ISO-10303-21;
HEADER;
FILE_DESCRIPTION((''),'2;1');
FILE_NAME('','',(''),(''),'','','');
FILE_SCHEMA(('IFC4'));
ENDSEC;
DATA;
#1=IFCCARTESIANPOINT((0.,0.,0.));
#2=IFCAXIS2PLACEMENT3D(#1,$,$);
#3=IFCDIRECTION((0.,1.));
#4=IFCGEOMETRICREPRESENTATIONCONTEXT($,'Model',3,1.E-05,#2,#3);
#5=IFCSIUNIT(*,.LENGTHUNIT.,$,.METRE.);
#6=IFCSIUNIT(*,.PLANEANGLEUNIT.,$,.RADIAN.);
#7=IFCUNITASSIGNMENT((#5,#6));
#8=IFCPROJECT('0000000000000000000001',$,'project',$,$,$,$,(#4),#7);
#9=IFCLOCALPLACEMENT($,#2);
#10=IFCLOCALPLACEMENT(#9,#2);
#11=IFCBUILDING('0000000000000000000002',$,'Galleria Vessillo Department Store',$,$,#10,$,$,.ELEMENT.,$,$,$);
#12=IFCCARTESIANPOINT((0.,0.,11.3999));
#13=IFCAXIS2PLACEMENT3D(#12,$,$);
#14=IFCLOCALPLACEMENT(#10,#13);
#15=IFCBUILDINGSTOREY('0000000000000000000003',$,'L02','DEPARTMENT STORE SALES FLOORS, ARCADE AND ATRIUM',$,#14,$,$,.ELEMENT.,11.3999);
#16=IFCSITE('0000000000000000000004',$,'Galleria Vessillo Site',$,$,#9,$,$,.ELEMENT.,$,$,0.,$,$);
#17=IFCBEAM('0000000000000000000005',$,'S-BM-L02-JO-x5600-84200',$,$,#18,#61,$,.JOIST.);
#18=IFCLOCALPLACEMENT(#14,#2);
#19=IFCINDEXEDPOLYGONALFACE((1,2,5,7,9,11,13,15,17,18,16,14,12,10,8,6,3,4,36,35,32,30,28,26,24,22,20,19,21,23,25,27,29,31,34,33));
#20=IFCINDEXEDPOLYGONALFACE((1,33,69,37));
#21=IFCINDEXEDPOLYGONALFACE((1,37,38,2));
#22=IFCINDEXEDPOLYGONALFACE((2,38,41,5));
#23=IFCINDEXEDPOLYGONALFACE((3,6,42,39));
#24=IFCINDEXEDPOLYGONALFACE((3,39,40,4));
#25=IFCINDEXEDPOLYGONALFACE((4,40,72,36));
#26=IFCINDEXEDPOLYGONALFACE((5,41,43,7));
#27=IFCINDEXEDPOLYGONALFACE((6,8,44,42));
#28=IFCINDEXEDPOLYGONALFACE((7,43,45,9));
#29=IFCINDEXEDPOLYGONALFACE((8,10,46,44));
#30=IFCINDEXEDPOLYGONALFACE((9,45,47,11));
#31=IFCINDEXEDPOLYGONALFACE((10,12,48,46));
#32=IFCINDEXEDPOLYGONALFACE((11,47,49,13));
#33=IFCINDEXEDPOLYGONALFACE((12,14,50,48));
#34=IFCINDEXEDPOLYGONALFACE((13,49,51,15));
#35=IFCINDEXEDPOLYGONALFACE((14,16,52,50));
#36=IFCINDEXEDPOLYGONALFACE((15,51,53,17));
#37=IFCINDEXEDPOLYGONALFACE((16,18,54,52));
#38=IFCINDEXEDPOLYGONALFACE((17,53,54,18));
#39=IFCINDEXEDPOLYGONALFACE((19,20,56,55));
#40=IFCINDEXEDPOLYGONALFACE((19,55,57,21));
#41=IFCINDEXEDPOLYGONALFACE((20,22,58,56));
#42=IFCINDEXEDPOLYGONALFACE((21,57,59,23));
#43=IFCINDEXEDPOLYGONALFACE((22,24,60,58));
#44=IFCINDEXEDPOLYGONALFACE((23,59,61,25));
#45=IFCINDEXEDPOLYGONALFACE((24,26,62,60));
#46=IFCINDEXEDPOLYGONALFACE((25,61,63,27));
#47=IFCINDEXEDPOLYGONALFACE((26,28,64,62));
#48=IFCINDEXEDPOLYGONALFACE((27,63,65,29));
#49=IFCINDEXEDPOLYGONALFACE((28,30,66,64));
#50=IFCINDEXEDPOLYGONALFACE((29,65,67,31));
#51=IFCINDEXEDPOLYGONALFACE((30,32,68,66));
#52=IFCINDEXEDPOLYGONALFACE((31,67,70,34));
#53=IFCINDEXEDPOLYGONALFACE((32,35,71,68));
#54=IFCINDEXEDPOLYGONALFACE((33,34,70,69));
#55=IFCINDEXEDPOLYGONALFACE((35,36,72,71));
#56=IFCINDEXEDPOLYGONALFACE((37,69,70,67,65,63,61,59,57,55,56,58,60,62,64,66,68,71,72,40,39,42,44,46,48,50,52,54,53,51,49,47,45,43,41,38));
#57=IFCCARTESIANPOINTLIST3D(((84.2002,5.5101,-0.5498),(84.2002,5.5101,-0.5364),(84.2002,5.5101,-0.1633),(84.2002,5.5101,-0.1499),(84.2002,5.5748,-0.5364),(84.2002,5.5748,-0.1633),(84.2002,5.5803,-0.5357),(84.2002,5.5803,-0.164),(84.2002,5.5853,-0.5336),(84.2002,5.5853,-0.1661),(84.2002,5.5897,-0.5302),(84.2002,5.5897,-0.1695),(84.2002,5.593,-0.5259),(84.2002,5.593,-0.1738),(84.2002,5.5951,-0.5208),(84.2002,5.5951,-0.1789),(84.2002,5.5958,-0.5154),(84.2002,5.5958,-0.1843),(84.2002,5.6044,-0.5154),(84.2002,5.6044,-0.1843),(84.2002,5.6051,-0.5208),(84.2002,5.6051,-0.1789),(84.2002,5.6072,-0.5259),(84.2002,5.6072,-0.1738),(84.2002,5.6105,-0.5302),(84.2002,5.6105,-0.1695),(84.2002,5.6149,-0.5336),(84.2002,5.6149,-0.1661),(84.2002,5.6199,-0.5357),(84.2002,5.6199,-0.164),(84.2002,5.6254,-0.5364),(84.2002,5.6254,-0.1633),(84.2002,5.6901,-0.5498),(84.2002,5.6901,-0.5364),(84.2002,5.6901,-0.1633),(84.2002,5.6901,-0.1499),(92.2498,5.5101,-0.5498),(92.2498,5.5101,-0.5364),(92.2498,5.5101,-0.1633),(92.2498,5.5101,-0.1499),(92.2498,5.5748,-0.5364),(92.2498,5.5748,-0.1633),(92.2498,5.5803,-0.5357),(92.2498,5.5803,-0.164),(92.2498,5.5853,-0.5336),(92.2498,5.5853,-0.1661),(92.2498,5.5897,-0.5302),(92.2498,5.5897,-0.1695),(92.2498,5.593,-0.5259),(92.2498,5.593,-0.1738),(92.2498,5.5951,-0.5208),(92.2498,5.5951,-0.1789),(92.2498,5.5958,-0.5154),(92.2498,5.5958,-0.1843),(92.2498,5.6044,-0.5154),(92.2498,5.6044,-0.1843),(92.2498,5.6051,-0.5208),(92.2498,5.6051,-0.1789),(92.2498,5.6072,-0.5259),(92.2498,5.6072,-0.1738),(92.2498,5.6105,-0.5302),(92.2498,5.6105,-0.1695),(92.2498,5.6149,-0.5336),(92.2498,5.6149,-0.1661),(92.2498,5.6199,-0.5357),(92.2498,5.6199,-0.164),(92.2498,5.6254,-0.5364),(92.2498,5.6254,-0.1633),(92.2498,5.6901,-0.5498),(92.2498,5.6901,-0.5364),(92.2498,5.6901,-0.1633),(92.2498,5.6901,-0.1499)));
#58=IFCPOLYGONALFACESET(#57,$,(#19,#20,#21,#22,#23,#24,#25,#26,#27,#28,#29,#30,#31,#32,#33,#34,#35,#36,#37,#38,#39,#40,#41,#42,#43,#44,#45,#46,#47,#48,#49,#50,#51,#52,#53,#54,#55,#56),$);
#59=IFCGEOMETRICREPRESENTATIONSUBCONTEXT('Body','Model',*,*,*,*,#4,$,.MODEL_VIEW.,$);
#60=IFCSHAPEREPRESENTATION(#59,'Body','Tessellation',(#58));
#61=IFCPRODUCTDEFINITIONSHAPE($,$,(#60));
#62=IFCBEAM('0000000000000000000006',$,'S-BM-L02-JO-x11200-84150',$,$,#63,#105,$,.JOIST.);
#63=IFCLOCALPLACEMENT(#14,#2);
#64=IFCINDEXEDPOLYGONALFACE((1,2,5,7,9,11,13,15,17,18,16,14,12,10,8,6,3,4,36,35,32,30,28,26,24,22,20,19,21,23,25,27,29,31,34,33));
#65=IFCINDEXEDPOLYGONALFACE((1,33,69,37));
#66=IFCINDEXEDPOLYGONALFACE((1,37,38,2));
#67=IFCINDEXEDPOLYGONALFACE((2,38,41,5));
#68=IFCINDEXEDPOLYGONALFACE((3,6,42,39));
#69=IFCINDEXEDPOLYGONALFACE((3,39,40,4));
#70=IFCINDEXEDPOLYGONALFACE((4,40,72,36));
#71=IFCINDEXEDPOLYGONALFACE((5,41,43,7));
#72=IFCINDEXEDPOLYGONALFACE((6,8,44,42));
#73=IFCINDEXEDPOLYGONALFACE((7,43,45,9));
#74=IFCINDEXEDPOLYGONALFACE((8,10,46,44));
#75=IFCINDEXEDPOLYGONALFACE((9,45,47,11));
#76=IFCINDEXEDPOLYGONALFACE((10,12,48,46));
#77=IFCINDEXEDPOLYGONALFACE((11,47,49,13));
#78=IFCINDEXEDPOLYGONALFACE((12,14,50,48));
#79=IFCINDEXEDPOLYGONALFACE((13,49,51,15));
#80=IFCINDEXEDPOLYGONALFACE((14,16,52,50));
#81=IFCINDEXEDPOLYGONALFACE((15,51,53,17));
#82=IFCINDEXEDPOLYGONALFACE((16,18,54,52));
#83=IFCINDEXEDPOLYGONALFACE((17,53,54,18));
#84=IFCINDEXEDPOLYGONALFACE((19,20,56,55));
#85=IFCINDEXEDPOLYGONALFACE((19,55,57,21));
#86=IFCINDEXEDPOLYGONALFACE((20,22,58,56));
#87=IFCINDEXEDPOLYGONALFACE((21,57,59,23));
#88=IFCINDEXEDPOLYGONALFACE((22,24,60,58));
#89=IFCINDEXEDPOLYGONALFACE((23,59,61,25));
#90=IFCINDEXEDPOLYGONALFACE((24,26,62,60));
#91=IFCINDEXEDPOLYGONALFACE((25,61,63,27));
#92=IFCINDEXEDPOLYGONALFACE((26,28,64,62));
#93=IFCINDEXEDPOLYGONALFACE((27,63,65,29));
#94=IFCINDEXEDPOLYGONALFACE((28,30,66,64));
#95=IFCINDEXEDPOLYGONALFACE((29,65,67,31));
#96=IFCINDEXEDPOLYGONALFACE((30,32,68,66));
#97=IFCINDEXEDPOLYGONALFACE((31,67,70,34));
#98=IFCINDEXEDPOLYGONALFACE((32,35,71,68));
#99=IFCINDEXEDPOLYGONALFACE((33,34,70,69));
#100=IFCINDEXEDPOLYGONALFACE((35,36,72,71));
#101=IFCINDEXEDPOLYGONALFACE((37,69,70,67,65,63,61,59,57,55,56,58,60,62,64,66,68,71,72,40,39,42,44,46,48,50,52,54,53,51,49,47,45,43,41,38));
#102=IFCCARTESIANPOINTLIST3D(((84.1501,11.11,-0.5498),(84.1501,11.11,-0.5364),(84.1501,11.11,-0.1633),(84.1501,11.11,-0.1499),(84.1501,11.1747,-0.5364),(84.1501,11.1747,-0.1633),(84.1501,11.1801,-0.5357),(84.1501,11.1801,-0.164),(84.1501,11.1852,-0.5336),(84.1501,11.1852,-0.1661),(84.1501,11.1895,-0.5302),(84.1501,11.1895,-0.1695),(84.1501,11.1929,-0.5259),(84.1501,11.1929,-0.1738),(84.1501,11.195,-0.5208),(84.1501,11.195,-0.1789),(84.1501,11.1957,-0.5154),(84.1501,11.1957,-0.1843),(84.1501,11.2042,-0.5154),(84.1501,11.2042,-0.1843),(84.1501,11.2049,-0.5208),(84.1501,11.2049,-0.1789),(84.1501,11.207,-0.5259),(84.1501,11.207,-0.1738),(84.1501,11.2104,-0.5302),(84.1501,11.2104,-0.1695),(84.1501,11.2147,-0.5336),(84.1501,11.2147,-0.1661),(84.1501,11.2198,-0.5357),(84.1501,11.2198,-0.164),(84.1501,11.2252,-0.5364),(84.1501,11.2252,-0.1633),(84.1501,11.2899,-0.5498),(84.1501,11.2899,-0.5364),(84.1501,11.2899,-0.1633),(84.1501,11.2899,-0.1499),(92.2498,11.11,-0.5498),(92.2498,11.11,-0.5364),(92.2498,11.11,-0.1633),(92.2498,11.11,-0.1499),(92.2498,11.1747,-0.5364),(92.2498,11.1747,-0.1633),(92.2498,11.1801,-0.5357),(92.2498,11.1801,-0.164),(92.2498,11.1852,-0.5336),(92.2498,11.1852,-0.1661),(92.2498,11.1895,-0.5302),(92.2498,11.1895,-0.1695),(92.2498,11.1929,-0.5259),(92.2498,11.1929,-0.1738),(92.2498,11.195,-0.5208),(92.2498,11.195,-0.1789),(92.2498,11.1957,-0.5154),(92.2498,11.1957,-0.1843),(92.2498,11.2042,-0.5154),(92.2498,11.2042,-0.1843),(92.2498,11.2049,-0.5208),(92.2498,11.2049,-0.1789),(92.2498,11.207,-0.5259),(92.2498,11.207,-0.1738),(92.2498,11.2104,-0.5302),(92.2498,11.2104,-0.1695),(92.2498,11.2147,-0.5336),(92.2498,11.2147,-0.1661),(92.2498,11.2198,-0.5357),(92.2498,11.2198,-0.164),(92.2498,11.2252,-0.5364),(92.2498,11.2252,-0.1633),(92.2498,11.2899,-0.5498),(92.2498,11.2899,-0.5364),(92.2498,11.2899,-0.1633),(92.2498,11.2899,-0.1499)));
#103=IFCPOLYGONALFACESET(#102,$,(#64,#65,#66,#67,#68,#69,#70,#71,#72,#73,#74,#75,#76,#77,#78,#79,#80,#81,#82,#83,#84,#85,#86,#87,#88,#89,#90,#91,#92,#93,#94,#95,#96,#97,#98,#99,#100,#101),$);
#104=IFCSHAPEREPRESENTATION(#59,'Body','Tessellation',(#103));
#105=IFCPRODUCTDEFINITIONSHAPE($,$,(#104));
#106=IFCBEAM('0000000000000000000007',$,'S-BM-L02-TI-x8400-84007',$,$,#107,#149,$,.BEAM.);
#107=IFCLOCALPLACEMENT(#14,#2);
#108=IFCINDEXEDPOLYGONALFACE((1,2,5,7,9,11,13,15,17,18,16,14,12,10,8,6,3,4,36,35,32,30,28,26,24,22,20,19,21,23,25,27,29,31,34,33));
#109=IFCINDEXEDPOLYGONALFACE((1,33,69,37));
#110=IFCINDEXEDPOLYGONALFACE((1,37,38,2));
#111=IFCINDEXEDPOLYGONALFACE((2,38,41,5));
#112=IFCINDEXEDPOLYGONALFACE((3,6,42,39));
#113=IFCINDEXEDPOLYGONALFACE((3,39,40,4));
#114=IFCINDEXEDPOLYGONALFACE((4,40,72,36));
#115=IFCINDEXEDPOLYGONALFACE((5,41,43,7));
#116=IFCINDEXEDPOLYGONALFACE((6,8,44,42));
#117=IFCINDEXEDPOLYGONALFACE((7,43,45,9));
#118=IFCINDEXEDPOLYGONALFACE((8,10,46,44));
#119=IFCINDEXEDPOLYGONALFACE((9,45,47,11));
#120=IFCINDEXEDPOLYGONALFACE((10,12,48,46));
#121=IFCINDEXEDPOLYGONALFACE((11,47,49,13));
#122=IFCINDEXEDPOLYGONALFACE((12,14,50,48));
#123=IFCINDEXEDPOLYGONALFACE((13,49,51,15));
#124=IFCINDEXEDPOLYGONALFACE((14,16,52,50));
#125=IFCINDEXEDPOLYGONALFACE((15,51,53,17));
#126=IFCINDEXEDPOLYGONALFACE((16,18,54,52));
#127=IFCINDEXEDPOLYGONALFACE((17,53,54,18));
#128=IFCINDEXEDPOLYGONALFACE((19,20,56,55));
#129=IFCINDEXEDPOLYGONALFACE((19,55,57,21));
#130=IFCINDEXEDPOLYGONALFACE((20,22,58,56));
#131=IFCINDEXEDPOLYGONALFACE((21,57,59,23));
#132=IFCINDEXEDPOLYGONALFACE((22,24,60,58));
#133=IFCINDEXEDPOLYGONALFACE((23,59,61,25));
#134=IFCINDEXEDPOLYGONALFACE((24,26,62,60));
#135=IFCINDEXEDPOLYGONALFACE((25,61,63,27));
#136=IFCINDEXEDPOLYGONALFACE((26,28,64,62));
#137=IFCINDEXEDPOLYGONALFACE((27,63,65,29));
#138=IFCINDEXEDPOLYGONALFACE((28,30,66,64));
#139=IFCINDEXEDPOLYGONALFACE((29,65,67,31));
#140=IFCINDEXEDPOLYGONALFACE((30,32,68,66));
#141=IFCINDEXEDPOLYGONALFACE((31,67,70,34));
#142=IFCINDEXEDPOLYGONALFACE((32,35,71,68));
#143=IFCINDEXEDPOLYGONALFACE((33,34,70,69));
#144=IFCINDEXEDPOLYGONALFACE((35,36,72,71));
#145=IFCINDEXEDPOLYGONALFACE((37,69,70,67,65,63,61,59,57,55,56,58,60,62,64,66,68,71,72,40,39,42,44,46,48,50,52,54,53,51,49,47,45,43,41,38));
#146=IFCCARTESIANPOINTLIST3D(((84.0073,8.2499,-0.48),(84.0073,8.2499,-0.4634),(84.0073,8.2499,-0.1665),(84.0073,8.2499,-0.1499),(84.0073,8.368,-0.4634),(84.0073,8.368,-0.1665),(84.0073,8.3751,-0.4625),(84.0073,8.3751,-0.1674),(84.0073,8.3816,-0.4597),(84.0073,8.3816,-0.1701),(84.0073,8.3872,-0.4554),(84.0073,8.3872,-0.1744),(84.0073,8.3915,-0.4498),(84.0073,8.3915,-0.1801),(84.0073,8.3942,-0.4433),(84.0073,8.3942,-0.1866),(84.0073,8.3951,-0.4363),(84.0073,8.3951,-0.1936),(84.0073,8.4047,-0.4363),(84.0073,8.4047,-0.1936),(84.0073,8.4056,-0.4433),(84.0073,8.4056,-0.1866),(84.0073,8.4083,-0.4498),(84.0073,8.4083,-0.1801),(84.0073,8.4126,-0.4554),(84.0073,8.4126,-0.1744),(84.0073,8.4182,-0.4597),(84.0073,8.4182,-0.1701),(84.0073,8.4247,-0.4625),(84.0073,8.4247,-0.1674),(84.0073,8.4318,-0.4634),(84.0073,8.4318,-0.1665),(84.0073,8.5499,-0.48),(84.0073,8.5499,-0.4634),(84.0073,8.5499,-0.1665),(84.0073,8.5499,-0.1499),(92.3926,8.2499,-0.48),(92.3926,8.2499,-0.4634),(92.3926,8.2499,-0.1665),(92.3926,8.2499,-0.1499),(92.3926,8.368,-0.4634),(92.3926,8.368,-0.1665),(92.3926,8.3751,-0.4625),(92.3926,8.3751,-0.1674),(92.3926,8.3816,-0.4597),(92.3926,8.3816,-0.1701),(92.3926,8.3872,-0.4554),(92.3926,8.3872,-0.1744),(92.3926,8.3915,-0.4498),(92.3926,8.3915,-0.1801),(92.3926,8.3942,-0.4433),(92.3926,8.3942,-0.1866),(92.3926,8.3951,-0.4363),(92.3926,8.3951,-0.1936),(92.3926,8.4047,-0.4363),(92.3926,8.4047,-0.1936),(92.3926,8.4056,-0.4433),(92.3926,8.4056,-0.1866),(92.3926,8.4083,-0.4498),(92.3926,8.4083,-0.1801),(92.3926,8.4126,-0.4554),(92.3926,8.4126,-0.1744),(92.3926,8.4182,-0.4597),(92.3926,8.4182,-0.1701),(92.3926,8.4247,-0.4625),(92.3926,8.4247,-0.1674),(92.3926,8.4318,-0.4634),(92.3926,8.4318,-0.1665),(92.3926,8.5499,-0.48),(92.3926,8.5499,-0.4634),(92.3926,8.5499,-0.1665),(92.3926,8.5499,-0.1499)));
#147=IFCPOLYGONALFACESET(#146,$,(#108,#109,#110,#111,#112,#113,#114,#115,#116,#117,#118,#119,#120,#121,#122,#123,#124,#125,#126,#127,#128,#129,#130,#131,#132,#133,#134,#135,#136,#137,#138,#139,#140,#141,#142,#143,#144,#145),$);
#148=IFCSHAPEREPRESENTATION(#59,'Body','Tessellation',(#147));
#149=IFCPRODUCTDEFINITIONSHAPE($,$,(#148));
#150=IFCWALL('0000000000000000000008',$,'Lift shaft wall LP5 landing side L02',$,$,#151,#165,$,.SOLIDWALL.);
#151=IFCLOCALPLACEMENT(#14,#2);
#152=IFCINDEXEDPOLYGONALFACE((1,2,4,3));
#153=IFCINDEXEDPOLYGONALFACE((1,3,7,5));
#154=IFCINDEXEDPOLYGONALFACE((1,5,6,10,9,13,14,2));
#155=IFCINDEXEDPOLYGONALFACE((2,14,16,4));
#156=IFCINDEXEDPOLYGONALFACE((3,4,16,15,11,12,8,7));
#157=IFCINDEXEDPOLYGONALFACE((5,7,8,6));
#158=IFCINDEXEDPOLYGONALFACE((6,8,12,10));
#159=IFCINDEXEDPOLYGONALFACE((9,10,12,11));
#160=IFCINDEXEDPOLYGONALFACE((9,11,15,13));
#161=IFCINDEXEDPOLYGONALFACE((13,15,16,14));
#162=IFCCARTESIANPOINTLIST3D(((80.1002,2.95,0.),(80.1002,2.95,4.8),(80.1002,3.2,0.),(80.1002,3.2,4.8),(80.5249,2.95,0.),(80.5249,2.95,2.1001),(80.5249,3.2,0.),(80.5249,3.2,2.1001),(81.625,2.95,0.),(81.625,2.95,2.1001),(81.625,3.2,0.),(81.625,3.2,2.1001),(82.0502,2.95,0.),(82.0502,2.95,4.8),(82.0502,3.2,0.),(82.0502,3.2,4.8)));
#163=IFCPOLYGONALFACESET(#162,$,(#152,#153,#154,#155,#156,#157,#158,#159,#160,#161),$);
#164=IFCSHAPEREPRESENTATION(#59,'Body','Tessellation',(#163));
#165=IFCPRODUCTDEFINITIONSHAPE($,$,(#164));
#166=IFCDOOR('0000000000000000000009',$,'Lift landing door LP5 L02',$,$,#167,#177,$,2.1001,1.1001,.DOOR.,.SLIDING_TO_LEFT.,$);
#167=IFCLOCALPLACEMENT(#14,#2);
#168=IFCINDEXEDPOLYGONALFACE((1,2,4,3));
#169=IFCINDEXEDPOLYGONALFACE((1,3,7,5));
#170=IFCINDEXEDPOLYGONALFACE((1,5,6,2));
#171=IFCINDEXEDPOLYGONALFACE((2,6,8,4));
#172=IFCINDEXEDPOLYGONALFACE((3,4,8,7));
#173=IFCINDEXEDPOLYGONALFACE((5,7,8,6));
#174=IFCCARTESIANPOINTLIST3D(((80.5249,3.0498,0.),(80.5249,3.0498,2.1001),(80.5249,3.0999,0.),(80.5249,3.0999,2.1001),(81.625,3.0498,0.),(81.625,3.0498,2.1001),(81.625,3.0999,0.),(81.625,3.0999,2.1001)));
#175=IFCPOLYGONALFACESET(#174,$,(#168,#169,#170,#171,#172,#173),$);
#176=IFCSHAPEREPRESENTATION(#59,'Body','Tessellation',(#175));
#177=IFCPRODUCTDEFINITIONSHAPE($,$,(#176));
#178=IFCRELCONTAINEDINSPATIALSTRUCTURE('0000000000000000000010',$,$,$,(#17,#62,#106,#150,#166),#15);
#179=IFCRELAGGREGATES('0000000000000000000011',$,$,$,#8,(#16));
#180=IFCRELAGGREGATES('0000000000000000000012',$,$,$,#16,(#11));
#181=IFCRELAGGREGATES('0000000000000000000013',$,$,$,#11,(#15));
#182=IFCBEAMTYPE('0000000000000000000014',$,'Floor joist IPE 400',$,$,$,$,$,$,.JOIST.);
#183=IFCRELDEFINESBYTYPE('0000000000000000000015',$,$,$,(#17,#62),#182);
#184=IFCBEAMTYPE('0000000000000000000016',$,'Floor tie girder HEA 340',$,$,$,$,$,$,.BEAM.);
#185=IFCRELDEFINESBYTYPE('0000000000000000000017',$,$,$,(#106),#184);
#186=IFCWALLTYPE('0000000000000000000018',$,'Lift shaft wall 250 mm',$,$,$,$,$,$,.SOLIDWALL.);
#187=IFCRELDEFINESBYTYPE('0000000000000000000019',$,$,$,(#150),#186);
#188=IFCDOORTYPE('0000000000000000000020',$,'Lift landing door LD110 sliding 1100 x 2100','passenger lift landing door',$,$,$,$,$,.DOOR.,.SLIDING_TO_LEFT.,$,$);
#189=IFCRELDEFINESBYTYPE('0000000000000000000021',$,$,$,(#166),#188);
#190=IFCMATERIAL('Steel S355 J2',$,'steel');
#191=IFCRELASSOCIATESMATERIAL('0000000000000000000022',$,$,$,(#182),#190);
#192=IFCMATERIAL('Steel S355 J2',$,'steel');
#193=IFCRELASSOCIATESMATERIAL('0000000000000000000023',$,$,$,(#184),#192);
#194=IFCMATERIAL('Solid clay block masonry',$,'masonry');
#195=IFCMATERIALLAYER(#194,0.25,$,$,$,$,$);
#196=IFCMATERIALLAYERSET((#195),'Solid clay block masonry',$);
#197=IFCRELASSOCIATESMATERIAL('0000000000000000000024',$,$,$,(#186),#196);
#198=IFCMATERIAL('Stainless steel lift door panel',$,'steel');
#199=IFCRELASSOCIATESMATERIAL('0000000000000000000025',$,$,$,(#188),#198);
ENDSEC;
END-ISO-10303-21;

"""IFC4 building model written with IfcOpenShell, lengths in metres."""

from ifc_helpers import new_model, si_unit, direction, frame, frame_2d, origin, origin_2d, place, context, subcontext, project, spatial, rectangle, i_section, extrude, material, layer, layer_set, material_profile, profile_set, type_object, element, fill, save


model = new_model("IFC4")

# Units and contexts
model_context = context("Model", 3, precision=1e-05, world=origin(), true_north=direction((0.0, 1.0)))
body_context = subcontext(model_context, "Body", "Model", "MODEL_VIEW")
ifc_project = project(units=[si_unit("LENGTHUNIT", "METRE"), si_unit("PLANEANGLEUNIT", "RADIAN")], contexts=[model_context])

# Site, building, storey
site_placement = place(None, origin())
site = spatial("IfcSite", under=ifc_project, at=site_placement, Name="Galleria Vessillo Site", CompositionType="ELEMENT", RefElevation=0.0)
building_placement = place(site_placement, origin())
building = spatial("IfcBuilding", under=site, at=building_placement, Name="Galleria Vessillo Department Store", CompositionType="ELEMENT")
storey_placement = place(building_placement, frame((0.0, 0.0, 11.3999)))
storey = spatial("IfcBuildingStorey", under=building, at=storey_placement, Name="L02", Description="DEPARTMENT STORE SALES FLOORS, ARCADE AND ATRIUM", CompositionType="ELEMENT", Elevation=11.3999)

# Beams
ifc_material_1 = material(Name="Steel S355 J2", Category="steel")
ifc_material_profile_1 = material_profile(ifc_material_1, i_section(OverallWidth=0.1799, OverallDepth=0.3999, WebThickness=0.0085, FlangeThickness=0.0134, FilletRadius=0.021, at=origin_2d()), Name="IPE 400")
ifc_profile_set_1 = profile_set([ifc_material_profile_1], Name="Steel S355 J2")
beam_type_1 = type_object("IfcBeamType", Name="Floor joist IPE 400", PredefinedType="JOIST", material=ifc_profile_set_1)
for number, where, z_axis, x_axis, name in (
    (1, (84.2002, 5.6001, -0.3499), (1.0, 0.0, 0.0), (0.0, 1.0, 0.0), "S-BM-L02-JO-x5600-84200"),
):
    element("IfcBeam", number, at=place(storey_placement, frame(where, z_axis=z_axis, x_axis=x_axis)), inside=storey, type_object=beam_type_1, Name=name, PredefinedType="JOIST", context=body_context, shape_type="SweptSolid", body=[
        extrude(i_section(OverallWidth=0.1799, OverallDepth=0.3999, WebThickness=0.0085, FlangeThickness=0.0134, FilletRadius=0.021, at=origin_2d()), origin(), (0.0, 0.0, 1.0), 8.0496),
    ])
beam_1_placement = place(storey_placement, frame((84.1501, 11.2, -0.3499), z_axis=(1.0, 0.0, 0.0), x_axis=(0.0, 1.0, 0.0)))
element("IfcBeam", 2, at=beam_1_placement, inside=storey, type_object=beam_type_1, Name="S-BM-L02-JO-x11200-84150", PredefinedType="JOIST", context=body_context, shape_type="SweptSolid", body=[
    extrude(i_section(OverallWidth=0.1799, OverallDepth=0.3999, WebThickness=0.0085, FlangeThickness=0.0134, FilletRadius=0.021, at=origin_2d()), origin(), (0.0, 0.0, 1.0), 8.0996),
])
ifc_material_2 = material(Name="Steel S355 J2", Category="steel")
ifc_material_profile_2 = material_profile(ifc_material_2, i_section(OverallWidth=0.3, OverallDepth=0.3301, WebThickness=0.0095, FlangeThickness=0.0166, FilletRadius=0.0271, at=origin_2d()), Name="HEA 340")
ifc_profile_set_2 = profile_set([ifc_material_profile_2], Name="Steel S355 J2")
beam_type_2 = type_object("IfcBeamType", Name="Floor tie girder HEA 340", PredefinedType="BEAM", material=ifc_profile_set_2)
beam_2_placement = place(storey_placement, frame((84.0073, 8.3999, -0.3149), z_axis=(1.0, 0.0, 0.0), x_axis=(0.0, 1.0, 0.0)))
element("IfcBeam", 3, at=beam_2_placement, inside=storey, type_object=beam_type_2, Name="S-BM-L02-TI-x8400-84007", PredefinedType="BEAM", context=body_context, shape_type="SweptSolid", body=[
    extrude(i_section(OverallWidth=0.3, OverallDepth=0.3301, WebThickness=0.0095, FlangeThickness=0.0166, FilletRadius=0.0271, at=origin_2d()), origin(), (0.0, 0.0, 1.0), 8.3853),
])

# Wall, opening, door
ifc_material_3 = material(Name="Solid clay block masonry", Category="masonry")
ifc_layer_1 = layer(ifc_material_3, 0.25)
ifc_layer_set_1 = layer_set([ifc_layer_1], Name="Solid clay block masonry")
wall_type_1 = type_object("IfcWallType", Name="Lift shaft wall 250 mm", PredefinedType="SOLIDWALL", material=ifc_layer_set_1)
wall_1_placement = place(storey_placement, frame((80.1001, 3.075, 0.0), z_axis=(0.0, 0.0, 1.0), x_axis=(1.0, 0.0, 0.0)))
wall_1 = element("IfcWall", 4, at=wall_1_placement, inside=storey, type_object=wall_type_1, Name="Lift shaft wall LP5 landing side L02", PredefinedType="SOLIDWALL", context=body_context, shape_type="SweptSolid", body=[
    extrude(rectangle(XDim=1.95, YDim=0.25, at=frame_2d((0.9751, 0.0))), origin(), (0.0, 0.0, 1.0), 4.8),
])
opening_1_placement = place(wall_1_placement, frame((0.4248, 0.0, 0.0)))
opening_1 = element("IfcOpeningElement", 5, at=opening_1_placement, cuts=wall_1, PredefinedType="OPENING", context=body_context, shape_type="SweptSolid", body=[
    extrude(rectangle(XDim=1.1001, YDim=2.1001, at=frame_2d((0.55, 1.05))), frame((0.0, 0.135, 0.0), z_axis=(0.0, -1.0, 0.0), x_axis=(1.0, 0.0, 0.0)), (0.0, 0.0, 1.0), 0.27),
])
ifc_material_4 = material(Name="Stainless steel lift door panel", Category="steel")
door_type_1 = type_object("IfcDoorType", Name="Lift landing door LD110 sliding 1100 x 2100", Description="passenger lift landing door", OperationType="SLIDING_TO_LEFT", PredefinedType="DOOR", material=ifc_material_4)
door_1_placement = place(opening_1_placement, origin())
door_1 = element("IfcDoor", 6, at=door_1_placement, inside=storey, type_object=door_type_1, Name="Lift landing door LP5 L02", OperationType="SLIDING_TO_LEFT", OverallHeight=2.1001, OverallWidth=1.1001, PredefinedType="DOOR", context=body_context, shape_type="SweptSolid", body=[
    extrude(rectangle(XDim=1.1001, YDim=2.1001, at=frame_2d((0.55, 1.05))), frame((0.0, 0.0249, 0.0), z_axis=(0.0, -1.0, 0.0), x_axis=(1.0, 0.0, 0.0)), (0.0, 0.0, 1.0), 0.05),
])
fill(opening_1, door_1)

save(model, "model.ifc")
